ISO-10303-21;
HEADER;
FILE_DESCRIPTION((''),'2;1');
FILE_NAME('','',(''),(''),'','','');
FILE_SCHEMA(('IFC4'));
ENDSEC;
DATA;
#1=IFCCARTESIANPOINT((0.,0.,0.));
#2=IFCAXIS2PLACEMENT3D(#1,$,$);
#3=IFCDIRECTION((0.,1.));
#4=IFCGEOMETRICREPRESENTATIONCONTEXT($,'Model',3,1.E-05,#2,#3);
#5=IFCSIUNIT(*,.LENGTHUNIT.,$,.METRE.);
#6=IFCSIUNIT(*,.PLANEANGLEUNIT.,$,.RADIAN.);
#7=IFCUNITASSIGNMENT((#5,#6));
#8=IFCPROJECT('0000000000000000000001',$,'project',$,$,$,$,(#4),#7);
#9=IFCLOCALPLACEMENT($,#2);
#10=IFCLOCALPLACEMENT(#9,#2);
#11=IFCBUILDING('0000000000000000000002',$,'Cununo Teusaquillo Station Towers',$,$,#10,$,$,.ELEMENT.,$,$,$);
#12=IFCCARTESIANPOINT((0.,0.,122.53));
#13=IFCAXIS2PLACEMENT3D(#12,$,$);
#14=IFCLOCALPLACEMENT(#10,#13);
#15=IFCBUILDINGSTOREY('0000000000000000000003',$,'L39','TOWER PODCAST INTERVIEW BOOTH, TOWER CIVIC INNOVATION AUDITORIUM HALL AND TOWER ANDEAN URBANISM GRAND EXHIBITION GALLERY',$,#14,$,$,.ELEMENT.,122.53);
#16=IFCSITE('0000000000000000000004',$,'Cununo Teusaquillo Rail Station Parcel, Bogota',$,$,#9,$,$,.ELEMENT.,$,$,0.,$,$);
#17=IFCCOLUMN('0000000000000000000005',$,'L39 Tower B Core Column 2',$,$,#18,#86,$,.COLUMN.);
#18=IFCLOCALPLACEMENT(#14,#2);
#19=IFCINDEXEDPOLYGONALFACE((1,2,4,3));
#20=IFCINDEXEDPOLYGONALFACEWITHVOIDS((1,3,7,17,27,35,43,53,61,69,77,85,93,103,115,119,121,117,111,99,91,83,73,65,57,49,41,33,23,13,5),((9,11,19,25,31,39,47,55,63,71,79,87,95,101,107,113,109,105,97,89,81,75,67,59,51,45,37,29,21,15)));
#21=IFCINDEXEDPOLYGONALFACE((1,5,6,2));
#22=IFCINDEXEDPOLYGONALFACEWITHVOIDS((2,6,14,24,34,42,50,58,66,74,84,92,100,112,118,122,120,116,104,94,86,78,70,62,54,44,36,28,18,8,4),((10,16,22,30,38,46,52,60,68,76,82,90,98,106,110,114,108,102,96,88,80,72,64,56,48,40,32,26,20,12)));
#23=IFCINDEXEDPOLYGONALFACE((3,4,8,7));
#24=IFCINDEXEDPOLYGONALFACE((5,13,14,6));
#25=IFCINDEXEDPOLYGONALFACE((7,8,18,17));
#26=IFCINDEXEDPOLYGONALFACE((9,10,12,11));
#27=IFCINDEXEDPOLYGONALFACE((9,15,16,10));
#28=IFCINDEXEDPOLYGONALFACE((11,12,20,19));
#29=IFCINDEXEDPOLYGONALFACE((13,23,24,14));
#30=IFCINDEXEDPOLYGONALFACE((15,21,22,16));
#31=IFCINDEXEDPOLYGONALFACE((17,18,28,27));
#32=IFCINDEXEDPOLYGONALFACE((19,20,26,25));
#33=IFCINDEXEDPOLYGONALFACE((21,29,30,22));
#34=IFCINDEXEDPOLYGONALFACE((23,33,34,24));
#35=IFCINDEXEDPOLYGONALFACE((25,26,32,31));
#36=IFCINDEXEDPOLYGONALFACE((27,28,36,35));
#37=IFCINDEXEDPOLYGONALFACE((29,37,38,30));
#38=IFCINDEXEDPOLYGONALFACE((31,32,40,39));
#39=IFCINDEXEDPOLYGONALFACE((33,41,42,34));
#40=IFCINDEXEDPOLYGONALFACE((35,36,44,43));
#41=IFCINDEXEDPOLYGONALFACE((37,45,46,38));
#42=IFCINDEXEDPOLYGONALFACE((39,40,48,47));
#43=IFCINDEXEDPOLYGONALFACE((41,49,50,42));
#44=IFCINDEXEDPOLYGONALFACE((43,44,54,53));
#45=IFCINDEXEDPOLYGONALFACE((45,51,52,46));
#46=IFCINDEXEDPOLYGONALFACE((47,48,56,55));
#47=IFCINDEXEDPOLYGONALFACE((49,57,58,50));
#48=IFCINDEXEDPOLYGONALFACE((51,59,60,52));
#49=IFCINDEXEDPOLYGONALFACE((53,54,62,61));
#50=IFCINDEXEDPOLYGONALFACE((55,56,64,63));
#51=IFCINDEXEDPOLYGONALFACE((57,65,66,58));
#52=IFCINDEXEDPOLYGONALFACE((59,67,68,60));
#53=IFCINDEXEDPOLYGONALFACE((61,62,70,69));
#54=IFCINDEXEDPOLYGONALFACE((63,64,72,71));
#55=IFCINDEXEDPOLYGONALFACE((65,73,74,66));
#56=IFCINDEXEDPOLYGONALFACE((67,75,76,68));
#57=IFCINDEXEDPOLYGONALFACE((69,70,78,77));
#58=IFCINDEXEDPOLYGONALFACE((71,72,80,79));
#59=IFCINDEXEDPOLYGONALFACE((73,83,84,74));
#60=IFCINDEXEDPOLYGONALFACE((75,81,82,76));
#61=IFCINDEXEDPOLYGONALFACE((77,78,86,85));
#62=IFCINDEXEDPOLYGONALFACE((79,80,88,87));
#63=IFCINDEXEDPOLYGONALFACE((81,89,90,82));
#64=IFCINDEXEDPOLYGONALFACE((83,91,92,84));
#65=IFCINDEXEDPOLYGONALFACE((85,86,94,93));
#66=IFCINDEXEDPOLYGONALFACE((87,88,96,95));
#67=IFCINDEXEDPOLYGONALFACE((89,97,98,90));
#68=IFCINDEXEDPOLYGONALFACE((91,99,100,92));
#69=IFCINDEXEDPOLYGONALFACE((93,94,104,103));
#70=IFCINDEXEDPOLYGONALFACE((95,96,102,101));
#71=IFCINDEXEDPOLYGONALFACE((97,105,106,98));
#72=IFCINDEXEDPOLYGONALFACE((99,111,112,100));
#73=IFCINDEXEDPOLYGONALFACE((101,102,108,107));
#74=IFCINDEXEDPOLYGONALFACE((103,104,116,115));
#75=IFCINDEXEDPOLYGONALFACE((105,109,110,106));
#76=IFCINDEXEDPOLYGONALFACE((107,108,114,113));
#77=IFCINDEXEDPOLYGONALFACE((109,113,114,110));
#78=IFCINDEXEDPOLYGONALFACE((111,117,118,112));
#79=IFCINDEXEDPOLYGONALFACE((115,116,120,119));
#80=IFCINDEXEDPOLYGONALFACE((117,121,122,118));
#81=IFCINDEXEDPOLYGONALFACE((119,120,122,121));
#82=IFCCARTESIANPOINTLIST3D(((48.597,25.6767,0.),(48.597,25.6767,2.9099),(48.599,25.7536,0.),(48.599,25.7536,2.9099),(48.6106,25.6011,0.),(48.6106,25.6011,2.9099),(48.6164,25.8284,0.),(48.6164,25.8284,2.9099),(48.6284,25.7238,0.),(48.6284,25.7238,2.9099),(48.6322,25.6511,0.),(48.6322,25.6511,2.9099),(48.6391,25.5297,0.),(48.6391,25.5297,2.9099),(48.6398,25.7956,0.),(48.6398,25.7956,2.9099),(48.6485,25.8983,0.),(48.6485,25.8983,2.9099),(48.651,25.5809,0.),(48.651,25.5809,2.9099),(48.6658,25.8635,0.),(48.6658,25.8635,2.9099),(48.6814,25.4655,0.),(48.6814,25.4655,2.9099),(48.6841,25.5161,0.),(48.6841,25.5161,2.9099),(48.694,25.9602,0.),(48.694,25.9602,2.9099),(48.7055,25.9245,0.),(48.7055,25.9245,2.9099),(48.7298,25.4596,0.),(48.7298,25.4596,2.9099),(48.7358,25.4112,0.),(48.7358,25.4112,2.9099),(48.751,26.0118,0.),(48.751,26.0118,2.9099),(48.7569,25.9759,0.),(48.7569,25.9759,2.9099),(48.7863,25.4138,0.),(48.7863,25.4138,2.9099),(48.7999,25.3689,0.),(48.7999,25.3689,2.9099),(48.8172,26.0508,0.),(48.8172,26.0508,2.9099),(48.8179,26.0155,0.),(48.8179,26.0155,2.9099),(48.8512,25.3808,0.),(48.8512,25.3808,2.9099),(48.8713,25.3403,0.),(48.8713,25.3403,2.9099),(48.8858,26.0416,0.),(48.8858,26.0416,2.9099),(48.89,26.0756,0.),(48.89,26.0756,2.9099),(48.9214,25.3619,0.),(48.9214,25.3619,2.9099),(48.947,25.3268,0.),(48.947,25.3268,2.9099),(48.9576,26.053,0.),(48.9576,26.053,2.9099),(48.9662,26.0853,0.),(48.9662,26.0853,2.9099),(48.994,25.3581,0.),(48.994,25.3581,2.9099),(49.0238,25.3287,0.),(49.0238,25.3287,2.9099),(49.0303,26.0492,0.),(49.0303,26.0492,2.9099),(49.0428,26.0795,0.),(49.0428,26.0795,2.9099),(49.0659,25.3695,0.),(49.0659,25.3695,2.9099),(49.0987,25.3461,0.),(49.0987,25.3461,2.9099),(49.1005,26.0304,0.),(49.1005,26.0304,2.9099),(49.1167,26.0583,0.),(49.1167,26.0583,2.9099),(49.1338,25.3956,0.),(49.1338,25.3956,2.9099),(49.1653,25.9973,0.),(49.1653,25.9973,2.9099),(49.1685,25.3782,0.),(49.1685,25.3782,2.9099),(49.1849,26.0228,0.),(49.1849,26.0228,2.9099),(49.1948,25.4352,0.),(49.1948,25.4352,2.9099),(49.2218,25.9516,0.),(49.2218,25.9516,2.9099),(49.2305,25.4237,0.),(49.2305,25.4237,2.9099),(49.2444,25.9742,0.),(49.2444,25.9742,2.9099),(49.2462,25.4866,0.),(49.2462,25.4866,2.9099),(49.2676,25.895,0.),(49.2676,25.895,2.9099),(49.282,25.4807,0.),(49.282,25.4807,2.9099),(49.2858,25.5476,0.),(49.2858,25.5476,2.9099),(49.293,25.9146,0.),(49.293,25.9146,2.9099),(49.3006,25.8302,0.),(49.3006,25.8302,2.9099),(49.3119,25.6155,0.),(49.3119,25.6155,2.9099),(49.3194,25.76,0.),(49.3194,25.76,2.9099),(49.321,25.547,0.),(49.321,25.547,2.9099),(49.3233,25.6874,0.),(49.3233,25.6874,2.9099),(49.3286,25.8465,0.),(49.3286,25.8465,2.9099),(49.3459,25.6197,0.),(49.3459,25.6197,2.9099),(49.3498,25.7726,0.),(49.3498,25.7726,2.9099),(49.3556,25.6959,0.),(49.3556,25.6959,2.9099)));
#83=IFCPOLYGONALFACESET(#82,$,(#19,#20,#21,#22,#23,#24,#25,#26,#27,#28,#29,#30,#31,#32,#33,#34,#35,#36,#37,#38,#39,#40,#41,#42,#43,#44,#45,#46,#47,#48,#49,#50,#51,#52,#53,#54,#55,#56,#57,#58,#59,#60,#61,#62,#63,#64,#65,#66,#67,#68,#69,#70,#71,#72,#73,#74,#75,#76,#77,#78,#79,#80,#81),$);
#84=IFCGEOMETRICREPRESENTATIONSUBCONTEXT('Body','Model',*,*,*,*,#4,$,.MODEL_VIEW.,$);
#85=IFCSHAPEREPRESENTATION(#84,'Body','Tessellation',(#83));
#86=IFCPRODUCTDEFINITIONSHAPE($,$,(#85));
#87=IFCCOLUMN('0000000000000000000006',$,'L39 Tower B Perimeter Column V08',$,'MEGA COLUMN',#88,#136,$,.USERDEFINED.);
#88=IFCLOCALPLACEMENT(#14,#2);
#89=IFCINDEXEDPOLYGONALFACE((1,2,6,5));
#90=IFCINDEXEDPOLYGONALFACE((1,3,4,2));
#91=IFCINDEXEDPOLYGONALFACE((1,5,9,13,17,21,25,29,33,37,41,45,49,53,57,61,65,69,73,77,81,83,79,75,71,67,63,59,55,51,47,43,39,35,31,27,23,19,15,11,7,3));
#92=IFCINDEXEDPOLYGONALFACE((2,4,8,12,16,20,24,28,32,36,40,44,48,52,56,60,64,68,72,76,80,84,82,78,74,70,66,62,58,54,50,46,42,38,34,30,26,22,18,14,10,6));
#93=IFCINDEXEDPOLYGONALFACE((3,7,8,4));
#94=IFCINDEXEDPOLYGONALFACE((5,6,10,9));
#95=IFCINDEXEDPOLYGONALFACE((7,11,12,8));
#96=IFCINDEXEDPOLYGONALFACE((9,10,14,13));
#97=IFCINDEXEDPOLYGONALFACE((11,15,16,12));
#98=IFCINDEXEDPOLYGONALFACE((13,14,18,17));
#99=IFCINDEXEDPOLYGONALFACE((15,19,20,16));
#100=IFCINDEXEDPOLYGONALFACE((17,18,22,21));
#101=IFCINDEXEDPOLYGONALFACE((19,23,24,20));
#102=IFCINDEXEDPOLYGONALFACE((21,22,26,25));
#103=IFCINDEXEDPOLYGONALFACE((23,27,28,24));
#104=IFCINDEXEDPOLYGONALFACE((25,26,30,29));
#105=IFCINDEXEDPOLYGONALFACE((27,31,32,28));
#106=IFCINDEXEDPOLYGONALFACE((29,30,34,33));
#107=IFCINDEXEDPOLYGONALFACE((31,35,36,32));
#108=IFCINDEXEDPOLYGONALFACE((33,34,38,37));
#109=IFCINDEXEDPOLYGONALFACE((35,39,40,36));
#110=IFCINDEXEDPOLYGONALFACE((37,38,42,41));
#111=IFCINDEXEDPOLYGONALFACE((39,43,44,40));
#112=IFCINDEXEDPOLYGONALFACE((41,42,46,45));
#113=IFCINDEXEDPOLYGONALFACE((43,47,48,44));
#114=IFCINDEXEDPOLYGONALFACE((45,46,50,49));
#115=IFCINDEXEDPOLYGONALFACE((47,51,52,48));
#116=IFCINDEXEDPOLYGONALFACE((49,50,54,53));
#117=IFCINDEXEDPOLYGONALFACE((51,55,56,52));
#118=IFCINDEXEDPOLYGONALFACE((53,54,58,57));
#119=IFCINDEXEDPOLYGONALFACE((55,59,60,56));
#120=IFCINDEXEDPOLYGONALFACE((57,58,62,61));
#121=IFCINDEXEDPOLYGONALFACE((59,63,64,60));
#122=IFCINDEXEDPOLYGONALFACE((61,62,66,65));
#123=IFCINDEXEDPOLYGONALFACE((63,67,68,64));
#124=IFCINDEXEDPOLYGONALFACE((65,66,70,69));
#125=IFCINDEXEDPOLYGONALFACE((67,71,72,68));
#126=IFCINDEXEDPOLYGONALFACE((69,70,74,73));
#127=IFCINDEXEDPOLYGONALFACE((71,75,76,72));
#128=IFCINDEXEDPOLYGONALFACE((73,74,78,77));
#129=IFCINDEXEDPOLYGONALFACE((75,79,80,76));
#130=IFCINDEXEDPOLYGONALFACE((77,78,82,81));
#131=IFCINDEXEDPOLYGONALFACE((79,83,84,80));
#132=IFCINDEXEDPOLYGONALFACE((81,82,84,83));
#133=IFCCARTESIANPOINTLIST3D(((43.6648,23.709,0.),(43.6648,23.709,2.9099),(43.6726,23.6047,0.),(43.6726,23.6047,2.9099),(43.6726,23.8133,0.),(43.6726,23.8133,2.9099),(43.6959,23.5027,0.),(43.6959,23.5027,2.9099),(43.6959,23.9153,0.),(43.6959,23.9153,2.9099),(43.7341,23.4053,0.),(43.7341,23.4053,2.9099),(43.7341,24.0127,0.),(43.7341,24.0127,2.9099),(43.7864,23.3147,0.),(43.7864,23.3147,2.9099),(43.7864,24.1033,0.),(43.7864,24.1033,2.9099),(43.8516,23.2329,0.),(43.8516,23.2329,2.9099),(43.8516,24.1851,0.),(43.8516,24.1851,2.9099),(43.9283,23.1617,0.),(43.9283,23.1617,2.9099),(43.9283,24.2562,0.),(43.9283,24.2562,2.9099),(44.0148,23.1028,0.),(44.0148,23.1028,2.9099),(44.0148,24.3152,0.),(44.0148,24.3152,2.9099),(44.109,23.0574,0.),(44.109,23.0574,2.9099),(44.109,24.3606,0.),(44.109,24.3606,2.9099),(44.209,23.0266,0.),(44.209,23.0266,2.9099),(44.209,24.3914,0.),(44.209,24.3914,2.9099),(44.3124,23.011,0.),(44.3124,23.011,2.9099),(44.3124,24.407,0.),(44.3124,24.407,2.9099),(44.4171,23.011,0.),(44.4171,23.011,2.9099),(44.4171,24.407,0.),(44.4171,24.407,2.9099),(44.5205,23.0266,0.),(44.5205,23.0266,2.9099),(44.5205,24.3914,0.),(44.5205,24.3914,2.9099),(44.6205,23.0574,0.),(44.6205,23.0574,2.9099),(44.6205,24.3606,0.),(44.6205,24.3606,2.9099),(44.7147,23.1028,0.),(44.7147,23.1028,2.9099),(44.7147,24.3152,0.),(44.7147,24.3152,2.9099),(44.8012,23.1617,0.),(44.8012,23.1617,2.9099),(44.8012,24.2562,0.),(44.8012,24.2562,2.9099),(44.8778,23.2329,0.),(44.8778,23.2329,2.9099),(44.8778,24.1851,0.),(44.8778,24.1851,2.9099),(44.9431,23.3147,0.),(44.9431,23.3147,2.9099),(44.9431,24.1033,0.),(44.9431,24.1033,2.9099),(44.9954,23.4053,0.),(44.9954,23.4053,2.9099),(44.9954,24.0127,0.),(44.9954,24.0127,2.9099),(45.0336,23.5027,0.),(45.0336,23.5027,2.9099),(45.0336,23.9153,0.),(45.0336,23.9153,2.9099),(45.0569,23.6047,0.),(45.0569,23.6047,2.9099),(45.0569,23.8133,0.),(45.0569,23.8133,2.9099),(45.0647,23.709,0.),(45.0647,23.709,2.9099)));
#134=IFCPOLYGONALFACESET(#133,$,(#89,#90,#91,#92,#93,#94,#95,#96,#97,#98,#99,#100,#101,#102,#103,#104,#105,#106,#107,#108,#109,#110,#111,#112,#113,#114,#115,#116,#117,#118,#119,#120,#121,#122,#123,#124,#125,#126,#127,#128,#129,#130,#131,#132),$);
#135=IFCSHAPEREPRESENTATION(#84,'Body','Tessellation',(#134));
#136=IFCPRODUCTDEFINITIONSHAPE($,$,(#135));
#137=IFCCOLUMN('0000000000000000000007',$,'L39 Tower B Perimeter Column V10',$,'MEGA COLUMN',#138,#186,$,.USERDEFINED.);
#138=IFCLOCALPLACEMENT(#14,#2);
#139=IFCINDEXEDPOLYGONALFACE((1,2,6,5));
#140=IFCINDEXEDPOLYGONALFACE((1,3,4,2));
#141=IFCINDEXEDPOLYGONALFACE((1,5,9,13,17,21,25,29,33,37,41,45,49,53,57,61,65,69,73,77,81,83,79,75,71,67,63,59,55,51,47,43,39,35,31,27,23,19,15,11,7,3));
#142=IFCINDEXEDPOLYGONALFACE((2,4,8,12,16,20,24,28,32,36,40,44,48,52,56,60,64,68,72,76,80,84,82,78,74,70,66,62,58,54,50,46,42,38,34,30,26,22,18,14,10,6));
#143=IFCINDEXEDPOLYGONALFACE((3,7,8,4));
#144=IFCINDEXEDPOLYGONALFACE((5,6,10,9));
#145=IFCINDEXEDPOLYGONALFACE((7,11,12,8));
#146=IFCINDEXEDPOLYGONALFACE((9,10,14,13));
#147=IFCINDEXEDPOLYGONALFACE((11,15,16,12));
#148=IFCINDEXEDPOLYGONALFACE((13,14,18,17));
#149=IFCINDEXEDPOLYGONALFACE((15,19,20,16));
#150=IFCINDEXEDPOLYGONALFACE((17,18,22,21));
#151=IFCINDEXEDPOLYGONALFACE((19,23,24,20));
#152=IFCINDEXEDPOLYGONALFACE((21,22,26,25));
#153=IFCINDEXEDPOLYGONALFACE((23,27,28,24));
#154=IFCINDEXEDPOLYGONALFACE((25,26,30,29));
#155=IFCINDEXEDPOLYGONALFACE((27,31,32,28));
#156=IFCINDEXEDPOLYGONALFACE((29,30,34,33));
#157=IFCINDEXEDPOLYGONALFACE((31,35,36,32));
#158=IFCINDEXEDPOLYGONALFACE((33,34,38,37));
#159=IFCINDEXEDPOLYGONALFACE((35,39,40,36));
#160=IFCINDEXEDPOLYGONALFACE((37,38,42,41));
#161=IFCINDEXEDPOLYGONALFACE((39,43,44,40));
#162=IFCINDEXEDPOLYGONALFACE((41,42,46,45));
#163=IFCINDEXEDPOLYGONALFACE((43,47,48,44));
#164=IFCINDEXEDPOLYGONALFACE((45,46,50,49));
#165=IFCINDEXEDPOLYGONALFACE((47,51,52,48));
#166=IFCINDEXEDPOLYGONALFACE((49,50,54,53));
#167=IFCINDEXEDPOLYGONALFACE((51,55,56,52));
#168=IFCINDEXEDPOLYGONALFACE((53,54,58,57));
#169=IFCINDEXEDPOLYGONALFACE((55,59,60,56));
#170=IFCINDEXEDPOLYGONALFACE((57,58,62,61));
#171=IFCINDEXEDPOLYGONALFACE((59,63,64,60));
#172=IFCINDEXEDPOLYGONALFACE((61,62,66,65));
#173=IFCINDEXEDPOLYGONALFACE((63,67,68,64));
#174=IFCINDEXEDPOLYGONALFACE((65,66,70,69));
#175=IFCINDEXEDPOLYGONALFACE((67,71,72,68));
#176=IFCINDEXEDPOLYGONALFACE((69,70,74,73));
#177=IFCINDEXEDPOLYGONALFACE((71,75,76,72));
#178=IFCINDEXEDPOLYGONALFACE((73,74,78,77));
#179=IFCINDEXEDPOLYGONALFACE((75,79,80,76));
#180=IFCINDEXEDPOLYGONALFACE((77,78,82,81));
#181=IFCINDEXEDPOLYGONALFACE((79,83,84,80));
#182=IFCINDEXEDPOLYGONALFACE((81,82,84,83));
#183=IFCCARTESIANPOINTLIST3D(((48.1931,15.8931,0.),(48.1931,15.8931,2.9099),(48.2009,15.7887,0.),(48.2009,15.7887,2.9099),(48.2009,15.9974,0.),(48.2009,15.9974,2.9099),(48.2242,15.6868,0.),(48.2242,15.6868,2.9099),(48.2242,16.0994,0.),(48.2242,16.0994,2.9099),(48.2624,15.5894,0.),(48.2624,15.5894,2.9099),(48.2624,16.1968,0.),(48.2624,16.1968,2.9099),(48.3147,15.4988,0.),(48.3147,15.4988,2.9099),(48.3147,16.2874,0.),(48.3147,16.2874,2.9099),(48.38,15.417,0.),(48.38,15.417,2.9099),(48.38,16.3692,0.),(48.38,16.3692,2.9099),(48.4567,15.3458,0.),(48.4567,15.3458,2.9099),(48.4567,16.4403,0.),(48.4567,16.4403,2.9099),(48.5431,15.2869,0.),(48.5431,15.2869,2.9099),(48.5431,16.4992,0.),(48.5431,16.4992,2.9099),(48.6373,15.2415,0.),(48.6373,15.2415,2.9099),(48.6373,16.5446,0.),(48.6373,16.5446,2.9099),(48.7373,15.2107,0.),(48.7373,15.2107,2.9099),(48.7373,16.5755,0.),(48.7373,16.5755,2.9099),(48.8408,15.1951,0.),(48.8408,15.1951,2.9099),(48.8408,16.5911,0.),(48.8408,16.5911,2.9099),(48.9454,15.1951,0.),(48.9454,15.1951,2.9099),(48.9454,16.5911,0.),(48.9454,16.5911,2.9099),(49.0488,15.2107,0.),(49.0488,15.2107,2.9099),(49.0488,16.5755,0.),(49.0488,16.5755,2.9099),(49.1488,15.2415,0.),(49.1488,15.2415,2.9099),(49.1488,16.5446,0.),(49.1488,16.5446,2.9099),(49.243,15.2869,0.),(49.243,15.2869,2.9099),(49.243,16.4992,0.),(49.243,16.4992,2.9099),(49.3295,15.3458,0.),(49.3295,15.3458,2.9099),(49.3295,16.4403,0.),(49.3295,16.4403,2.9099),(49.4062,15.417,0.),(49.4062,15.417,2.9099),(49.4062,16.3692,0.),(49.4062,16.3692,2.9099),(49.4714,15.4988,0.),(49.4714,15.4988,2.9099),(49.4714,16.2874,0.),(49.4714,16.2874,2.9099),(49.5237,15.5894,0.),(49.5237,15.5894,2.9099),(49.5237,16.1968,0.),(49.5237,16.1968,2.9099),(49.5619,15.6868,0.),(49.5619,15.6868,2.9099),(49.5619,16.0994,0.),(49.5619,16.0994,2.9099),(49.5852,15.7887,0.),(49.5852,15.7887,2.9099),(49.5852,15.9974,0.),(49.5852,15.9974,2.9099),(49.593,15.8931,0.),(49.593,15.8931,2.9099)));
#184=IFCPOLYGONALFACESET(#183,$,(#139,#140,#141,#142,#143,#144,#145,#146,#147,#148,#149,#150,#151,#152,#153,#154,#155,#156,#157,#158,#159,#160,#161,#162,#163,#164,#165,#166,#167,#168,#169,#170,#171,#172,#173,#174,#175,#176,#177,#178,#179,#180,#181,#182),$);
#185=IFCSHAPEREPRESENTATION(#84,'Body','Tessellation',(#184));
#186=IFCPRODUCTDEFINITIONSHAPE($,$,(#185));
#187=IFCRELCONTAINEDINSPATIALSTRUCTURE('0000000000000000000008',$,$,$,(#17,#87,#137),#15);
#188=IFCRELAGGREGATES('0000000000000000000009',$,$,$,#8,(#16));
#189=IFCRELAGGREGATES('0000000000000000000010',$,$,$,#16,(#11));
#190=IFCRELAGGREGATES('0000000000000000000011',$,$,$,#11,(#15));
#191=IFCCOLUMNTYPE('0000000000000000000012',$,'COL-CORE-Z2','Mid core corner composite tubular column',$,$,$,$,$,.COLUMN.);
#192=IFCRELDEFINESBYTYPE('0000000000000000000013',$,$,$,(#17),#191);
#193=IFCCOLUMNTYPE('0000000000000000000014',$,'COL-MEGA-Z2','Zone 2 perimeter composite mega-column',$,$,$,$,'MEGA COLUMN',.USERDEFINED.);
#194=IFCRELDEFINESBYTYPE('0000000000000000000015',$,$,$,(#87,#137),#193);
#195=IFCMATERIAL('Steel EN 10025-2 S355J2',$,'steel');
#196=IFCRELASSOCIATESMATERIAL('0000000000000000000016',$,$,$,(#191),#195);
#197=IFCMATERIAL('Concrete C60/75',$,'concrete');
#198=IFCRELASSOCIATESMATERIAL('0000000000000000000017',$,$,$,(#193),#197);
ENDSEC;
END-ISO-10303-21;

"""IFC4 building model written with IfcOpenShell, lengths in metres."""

from ifc_helpers import new_model, si_unit, direction, frame, origin, origin_2d, place, context, subcontext, project, spatial, circle, hollow_circle, extrude, material, material_profile, profile_set, type_object, element, save


model = new_model("IFC4")

# Units and contexts
model_context = context("Model", 3, precision=1e-05, world=origin(), true_north=direction((0.0, 1.0)))
body_context = subcontext(model_context, "Body", "Model", "MODEL_VIEW")
ifc_project = project(units=[si_unit("LENGTHUNIT", "METRE"), si_unit("PLANEANGLEUNIT", "RADIAN")], contexts=[model_context])

# Site, building, storey
site_placement = place(None, origin())
site = spatial("IfcSite", under=ifc_project, at=site_placement, Name="Cununo Teusaquillo Rail Station Parcel, Bogota", CompositionType="ELEMENT", RefElevation=0.0)
building_placement = place(site_placement, origin())
building = spatial("IfcBuilding", under=site, at=building_placement, Name="Cununo Teusaquillo Station Towers", CompositionType="ELEMENT")
storey_placement = place(building_placement, frame((0.0, 0.0, 122.53)))
storey = spatial("IfcBuildingStorey", under=building, at=storey_placement, Name="L39", Description="TOWER PODCAST INTERVIEW BOOTH, TOWER CIVIC INNOVATION AUDITORIUM HALL AND TOWER ANDEAN URBANISM GRAND EXHIBITION GALLERY", CompositionType="ELEMENT", Elevation=122.53)

# Columns
ifc_material_1 = material(Name="Steel EN 10025-2 S355J2", Category="steel")
ifc_material_profile_1 = material_profile(ifc_material_1, hollow_circle(Radius=0.3799, WallThickness=0.032, at=origin_2d()), Name="CHS 760x32")
ifc_profile_set_1 = profile_set([ifc_material_profile_1], Name="Steel EN 10025-2 S355J2")
column_type_1 = type_object("IfcColumnType", Name="COL-CORE-Z2", Description="Mid core corner composite tubular column", PredefinedType="COLUMN", material=ifc_profile_set_1)
column_placement = place(storey_placement, frame((48.9758, 25.7056, 0.0), z_axis=(0.0, 0.0, 1.0), x_axis=(0.707107, 0.707107, 0.0)))
element("IfcColumn", 1, at=column_placement, inside=storey, type_object=column_type_1, Name="L39 Tower B Core Column 2", PredefinedType="COLUMN", context=body_context, shape_type="SweptSolid", body=[
    extrude(hollow_circle(Radius=0.3799, WallThickness=0.032, at=origin_2d()), origin(), (0.0, 0.0, 1.0), 2.9099),
])
ifc_material_2 = material(Name="Concrete C60/75", Category="concrete")
ifc_material_profile_2 = material_profile(ifc_material_2, circle(Radius=0.7, at=origin_2d()), Name="RC-CIRC-1400")
ifc_profile_set_2 = profile_set([ifc_material_profile_2], Name="Concrete C60/75")
column_type_2 = type_object("IfcColumnType", Name="COL-MEGA-Z2", Description="Zone 2 perimeter composite mega-column", ElementType="MEGA COLUMN", PredefinedType="USERDEFINED", material=ifc_profile_set_2)
for number, where, z_axis, x_axis, name in (
    (2, (44.3647, 23.709, 0.0), (0.0, 0.0, 1.0), (1.0, 0.0, 0.0), "L39 Tower B Perimeter Column V08"),
    (3, (48.8931, 15.8931, 0.0), (0.0, 0.0, 1.0), (1.0, 0.0, 0.0), "L39 Tower B Perimeter Column V10"),
):
    element("IfcColumn", number, at=place(storey_placement, frame(where, z_axis=z_axis, x_axis=x_axis)), inside=storey, type_object=column_type_2, Name=name, ObjectType="MEGA COLUMN", PredefinedType="USERDEFINED", context=body_context, shape_type="SweptSolid", body=[
        extrude(circle(Radius=0.7, at=origin_2d()), origin(), (0.0, 0.0, 1.0), 2.9099),
    ])

save(model, "model.ifc")
